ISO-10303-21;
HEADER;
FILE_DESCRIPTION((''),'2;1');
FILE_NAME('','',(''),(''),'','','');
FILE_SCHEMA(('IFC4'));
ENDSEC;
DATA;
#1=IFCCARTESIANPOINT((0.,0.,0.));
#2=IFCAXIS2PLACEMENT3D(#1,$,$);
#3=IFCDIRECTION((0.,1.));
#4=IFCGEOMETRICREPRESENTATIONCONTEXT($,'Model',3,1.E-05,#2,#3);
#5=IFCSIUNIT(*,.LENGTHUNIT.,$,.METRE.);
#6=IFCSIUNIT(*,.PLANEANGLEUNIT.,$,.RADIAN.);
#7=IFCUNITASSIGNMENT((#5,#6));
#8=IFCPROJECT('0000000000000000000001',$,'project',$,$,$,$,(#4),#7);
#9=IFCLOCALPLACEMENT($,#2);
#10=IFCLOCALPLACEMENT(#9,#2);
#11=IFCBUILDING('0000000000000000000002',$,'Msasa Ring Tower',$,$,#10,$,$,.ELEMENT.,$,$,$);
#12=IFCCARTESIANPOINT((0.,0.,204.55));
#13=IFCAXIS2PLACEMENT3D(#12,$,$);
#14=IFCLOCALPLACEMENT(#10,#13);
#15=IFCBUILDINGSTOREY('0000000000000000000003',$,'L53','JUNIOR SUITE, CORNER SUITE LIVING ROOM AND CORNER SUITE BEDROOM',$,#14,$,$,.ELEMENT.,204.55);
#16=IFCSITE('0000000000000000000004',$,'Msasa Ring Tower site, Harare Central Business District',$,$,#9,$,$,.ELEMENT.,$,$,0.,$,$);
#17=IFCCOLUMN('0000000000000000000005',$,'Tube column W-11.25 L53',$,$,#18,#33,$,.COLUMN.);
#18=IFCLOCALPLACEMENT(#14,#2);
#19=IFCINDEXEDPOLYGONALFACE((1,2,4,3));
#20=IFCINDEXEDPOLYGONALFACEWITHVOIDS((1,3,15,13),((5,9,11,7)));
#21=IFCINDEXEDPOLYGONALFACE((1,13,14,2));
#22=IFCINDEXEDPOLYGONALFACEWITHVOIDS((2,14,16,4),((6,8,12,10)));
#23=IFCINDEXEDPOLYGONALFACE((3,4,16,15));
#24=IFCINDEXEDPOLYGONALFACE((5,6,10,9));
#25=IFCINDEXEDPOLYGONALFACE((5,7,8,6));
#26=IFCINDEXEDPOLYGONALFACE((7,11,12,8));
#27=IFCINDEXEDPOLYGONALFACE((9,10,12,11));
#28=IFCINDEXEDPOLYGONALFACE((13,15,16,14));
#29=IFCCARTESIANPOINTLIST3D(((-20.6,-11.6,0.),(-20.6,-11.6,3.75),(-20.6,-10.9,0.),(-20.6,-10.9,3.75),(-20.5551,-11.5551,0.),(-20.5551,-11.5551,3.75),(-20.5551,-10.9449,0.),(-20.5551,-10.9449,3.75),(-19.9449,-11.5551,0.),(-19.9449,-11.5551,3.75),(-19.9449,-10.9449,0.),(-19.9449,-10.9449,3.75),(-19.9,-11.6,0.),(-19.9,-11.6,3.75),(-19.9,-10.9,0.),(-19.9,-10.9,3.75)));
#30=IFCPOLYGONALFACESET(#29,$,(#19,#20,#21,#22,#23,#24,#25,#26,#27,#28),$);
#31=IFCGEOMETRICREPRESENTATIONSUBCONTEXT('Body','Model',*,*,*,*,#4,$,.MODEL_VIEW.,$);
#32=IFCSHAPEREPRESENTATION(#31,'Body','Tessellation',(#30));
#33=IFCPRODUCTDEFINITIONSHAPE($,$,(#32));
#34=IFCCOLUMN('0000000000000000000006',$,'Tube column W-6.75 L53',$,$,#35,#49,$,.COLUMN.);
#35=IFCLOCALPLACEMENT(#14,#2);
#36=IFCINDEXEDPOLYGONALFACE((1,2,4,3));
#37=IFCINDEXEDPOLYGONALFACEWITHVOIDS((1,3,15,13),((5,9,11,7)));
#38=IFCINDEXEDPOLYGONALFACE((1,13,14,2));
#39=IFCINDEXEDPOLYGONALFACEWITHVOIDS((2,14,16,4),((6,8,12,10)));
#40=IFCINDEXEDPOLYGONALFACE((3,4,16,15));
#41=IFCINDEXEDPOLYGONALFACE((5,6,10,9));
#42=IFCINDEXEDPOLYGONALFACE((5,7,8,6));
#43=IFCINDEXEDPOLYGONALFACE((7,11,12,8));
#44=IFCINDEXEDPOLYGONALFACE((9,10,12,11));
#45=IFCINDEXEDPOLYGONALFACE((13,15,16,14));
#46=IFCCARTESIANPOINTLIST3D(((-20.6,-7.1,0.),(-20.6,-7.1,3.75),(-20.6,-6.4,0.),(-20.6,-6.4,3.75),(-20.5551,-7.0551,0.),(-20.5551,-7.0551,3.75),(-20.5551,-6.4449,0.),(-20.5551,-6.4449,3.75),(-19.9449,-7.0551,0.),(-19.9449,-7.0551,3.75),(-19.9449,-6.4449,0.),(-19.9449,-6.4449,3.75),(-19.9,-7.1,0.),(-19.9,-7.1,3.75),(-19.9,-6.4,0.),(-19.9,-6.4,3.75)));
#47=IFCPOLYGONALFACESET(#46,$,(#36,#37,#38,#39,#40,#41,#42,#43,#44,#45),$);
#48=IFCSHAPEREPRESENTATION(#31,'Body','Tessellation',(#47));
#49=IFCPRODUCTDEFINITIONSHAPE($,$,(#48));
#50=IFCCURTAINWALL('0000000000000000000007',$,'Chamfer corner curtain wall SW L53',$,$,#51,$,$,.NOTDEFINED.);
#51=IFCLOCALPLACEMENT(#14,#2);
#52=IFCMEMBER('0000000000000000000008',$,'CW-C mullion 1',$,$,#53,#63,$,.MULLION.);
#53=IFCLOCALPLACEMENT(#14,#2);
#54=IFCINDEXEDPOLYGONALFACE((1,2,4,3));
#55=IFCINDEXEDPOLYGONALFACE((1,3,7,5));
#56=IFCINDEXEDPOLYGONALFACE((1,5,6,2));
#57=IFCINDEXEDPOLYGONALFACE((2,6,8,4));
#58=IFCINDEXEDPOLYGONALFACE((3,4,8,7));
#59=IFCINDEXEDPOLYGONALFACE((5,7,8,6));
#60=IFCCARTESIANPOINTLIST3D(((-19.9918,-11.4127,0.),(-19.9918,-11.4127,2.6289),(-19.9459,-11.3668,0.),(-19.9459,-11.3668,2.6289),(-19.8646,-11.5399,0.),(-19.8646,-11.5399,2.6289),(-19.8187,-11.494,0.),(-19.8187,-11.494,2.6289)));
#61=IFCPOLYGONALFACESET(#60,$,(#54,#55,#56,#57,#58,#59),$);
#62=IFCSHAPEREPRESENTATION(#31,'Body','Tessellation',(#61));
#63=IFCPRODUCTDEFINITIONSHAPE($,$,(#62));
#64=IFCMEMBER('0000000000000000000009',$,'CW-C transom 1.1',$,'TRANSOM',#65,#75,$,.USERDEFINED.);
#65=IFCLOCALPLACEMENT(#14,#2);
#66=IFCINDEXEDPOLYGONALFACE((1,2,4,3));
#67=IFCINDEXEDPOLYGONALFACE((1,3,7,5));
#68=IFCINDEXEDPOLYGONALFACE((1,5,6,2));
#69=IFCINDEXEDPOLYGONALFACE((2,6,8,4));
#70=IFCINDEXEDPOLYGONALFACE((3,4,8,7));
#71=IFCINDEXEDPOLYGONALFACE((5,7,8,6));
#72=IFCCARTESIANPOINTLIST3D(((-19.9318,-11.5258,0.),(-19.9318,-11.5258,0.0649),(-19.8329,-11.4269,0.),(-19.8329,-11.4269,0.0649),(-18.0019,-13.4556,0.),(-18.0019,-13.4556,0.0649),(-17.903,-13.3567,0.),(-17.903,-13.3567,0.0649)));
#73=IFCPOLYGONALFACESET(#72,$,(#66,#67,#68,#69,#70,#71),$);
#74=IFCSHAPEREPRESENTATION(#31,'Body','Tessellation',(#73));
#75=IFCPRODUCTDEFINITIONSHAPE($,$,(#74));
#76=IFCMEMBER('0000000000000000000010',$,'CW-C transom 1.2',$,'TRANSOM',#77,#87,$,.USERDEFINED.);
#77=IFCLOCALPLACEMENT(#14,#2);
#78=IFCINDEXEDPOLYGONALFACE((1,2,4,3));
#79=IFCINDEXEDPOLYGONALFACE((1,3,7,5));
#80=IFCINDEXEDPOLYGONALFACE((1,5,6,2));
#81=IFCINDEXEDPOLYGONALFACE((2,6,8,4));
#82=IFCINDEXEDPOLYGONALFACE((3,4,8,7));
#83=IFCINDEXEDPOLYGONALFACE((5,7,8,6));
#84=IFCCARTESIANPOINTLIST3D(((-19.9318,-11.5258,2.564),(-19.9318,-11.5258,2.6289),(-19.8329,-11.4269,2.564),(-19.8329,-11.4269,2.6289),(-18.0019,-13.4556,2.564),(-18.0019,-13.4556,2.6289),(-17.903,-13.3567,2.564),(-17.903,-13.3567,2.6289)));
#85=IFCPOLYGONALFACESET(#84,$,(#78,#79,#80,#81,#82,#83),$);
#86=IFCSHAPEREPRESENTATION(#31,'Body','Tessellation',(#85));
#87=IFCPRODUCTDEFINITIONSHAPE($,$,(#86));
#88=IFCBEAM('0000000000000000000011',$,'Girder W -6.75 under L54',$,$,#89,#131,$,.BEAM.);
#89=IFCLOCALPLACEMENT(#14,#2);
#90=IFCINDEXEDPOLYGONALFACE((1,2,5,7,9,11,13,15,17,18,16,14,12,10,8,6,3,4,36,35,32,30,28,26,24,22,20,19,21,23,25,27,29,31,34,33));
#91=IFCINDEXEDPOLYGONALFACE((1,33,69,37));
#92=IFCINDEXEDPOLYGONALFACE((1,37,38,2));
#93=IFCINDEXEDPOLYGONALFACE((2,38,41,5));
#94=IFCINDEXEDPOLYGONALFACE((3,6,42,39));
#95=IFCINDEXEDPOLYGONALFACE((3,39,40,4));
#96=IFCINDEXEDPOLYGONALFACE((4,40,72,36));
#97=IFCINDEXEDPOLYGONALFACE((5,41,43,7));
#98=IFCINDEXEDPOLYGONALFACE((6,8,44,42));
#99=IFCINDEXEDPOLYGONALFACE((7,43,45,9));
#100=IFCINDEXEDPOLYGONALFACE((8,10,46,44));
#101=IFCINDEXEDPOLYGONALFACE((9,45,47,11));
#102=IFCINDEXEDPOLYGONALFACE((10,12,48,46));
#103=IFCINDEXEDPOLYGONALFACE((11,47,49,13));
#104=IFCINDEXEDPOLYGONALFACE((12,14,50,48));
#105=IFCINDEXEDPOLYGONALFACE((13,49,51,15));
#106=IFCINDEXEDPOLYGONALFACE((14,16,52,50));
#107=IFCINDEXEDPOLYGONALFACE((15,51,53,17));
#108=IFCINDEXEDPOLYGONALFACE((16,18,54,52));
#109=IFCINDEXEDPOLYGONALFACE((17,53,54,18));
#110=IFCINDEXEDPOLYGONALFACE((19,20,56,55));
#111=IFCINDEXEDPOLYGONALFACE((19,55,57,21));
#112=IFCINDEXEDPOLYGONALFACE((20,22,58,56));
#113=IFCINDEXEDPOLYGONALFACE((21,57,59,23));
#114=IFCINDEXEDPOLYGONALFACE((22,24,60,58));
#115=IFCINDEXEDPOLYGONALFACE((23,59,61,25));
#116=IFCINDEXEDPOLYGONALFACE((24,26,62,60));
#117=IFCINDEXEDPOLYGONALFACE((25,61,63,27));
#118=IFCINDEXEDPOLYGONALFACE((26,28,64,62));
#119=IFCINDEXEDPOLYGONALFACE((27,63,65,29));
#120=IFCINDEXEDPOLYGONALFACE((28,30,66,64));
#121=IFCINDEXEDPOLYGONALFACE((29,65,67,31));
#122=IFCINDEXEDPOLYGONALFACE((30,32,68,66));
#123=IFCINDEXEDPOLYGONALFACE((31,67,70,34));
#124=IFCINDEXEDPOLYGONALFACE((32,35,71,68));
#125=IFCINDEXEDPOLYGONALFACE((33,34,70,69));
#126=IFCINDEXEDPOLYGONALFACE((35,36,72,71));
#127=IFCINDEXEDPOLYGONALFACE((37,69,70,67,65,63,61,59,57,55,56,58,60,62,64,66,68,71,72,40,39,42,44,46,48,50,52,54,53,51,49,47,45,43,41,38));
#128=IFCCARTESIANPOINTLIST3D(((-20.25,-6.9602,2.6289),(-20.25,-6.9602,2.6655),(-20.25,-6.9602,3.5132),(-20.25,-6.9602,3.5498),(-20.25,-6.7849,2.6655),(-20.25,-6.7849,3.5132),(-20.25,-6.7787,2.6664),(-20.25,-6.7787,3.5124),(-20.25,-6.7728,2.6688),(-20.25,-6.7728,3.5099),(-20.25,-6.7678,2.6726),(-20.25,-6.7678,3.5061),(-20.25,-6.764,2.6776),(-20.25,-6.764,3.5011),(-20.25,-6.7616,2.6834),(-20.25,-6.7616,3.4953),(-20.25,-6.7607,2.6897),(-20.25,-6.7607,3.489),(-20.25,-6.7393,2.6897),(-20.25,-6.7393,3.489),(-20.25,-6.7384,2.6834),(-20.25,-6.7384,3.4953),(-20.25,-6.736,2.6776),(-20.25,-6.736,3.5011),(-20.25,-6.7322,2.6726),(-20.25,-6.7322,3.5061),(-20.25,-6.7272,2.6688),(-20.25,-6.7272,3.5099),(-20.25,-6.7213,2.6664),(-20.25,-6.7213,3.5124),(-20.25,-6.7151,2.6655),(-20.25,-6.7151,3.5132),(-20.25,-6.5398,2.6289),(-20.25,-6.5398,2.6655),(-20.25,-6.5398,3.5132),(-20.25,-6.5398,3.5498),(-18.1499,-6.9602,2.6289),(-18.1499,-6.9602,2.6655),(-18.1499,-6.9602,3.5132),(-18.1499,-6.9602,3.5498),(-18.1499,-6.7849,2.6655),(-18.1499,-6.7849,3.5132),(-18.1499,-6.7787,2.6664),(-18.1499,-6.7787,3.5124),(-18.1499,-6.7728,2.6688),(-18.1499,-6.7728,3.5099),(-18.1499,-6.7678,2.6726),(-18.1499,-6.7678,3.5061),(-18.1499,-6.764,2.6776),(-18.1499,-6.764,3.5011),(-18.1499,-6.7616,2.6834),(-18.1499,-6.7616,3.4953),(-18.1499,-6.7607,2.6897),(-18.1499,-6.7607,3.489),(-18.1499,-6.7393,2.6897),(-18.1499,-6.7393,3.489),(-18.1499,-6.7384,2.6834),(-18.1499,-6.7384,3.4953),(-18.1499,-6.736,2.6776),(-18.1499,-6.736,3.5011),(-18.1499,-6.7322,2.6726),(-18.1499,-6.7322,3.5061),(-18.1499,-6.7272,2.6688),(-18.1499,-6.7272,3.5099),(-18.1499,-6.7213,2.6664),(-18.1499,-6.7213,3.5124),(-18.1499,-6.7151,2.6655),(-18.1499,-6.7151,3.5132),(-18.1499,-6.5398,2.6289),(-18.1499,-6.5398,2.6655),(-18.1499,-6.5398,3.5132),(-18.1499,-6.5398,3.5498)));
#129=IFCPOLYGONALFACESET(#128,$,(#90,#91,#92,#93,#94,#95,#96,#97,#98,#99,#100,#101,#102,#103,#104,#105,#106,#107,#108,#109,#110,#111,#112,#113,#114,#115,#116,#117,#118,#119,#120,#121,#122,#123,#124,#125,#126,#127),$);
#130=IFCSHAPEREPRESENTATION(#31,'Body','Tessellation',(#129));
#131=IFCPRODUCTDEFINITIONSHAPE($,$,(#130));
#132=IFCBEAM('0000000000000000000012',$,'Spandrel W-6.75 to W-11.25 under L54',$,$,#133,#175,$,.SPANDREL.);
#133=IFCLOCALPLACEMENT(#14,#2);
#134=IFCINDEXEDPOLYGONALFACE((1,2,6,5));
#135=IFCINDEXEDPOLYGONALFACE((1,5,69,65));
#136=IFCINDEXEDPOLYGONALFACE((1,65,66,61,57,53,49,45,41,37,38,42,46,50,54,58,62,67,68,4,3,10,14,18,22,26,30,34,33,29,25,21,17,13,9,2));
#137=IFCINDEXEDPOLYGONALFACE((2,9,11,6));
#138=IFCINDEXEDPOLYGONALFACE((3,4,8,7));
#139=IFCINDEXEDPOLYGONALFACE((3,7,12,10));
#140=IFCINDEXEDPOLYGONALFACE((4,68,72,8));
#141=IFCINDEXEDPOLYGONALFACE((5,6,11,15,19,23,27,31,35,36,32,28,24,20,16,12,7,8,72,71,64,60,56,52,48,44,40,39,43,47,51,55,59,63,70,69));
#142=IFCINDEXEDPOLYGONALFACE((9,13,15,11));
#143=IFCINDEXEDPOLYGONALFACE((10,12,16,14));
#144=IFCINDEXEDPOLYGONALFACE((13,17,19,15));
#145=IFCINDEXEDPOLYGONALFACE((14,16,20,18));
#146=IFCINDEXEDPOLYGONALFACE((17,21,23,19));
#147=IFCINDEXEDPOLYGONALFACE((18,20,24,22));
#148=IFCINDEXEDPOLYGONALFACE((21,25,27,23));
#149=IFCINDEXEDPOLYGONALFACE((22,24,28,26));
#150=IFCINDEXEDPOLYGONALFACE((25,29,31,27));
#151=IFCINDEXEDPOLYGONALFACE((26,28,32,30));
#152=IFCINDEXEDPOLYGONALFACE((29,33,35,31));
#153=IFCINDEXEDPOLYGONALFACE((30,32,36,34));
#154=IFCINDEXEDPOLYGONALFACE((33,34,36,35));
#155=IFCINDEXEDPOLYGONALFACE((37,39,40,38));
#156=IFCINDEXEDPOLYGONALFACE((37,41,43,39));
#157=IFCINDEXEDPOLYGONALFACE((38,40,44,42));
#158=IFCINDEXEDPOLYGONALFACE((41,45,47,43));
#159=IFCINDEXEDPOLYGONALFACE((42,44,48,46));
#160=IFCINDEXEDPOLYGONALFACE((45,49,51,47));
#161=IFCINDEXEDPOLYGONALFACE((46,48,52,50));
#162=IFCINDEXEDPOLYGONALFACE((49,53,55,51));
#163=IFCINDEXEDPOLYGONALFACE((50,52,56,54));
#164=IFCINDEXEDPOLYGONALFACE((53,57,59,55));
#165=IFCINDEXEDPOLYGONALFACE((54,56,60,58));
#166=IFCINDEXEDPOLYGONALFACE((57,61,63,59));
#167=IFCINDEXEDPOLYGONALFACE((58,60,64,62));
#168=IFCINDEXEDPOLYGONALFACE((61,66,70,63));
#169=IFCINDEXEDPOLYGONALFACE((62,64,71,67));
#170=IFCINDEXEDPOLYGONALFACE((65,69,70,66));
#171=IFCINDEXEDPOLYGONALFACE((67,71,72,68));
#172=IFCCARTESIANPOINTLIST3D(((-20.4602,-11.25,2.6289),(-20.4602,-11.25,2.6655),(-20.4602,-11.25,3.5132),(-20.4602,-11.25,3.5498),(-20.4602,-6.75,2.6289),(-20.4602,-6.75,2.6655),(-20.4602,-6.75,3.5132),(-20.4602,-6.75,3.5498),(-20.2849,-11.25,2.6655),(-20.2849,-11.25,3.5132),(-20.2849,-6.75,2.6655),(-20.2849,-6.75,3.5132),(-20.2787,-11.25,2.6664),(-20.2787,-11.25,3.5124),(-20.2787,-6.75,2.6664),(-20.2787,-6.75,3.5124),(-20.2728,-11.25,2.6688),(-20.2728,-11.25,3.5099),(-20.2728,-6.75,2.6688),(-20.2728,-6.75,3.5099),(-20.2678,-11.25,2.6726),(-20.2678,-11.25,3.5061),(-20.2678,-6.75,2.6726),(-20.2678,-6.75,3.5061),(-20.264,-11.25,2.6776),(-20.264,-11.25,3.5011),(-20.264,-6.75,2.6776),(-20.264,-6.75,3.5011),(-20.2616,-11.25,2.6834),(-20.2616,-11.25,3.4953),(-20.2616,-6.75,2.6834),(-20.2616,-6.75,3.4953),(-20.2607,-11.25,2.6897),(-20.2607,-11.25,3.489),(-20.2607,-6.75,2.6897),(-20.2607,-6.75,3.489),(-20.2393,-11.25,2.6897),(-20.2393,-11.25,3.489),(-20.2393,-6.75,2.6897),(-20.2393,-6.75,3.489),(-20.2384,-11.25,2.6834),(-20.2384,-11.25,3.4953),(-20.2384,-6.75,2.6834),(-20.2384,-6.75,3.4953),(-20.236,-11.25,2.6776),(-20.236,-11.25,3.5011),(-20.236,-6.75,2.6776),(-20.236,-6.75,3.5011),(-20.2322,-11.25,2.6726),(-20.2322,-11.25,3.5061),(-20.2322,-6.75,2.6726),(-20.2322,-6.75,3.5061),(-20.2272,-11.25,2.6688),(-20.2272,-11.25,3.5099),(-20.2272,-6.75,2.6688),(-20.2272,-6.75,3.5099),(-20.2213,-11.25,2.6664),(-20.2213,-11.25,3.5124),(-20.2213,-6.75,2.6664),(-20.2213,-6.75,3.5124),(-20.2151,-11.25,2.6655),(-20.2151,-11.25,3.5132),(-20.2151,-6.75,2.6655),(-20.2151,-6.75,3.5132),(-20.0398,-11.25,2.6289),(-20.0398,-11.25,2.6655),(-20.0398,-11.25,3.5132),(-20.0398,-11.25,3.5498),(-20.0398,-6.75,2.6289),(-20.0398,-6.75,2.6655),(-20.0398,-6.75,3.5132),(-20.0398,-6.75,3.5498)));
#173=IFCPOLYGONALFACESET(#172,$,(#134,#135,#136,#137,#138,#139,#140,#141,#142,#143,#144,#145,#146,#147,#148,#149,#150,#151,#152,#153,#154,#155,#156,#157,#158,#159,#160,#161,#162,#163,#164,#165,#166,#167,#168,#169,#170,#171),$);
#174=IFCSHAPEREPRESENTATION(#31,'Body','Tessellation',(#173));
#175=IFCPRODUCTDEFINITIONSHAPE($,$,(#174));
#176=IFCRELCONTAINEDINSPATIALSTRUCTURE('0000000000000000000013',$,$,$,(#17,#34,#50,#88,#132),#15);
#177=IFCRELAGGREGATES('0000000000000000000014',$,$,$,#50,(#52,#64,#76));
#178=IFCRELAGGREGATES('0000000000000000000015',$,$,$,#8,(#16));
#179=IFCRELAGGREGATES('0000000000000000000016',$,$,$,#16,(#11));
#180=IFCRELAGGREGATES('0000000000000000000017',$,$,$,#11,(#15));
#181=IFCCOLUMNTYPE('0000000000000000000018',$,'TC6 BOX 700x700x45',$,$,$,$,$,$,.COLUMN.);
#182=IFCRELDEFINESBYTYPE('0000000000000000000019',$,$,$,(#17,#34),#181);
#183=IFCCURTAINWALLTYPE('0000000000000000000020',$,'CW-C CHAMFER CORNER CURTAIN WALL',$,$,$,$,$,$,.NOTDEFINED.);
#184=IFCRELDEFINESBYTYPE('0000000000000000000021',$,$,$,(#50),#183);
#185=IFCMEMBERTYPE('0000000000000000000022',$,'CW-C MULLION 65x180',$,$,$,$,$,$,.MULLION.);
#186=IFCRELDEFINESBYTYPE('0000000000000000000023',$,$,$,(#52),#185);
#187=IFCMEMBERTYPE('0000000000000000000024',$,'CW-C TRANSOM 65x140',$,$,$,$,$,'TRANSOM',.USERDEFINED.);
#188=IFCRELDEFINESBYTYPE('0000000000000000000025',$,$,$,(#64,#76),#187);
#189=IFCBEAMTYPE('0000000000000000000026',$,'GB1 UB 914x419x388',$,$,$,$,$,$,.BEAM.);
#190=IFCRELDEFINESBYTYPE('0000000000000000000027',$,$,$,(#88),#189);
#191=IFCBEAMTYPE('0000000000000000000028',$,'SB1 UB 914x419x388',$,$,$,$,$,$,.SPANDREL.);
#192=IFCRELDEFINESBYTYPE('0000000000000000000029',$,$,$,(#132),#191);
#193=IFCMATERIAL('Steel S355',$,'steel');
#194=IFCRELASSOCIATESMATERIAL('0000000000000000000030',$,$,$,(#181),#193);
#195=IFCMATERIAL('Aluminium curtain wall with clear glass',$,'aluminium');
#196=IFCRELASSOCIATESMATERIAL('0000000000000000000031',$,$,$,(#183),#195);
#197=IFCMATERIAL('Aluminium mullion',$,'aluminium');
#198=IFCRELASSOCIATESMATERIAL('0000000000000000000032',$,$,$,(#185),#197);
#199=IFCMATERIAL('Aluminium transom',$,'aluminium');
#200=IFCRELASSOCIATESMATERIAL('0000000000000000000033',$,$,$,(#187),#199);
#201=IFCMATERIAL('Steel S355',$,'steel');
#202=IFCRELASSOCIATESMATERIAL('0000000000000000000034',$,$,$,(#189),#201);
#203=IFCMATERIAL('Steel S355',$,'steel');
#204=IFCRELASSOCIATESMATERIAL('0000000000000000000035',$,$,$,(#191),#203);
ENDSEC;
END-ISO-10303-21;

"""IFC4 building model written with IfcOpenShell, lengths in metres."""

from ifc_helpers import new_model, si_unit, direction, frame, origin, origin_2d, place, context, subcontext, project, spatial, rectangle, hollow_rectangle, i_section, extrude, material, material_profile, profile_set, type_object, element, aggregate, save


model = new_model("IFC4")

# Units and contexts
model_context = context("Model", 3, precision=1e-05, world=origin(), true_north=direction((0.0, 1.0)))
body_context = subcontext(model_context, "Body", "Model", "MODEL_VIEW")
ifc_project = project(units=[si_unit("LENGTHUNIT", "METRE"), si_unit("PLANEANGLEUNIT", "RADIAN")], contexts=[model_context])

# Site, building, storey
site_placement = place(None, origin())
site = spatial("IfcSite", under=ifc_project, at=site_placement, Name="Msasa Ring Tower site, Harare Central Business District", CompositionType="ELEMENT", RefElevation=0.0)
building_placement = place(site_placement, origin())
building = spatial("IfcBuilding", under=site, at=building_placement, Name="Msasa Ring Tower", CompositionType="ELEMENT")
storey_placement = place(building_placement, frame((0.0, 0.0, 204.55)))
storey = spatial("IfcBuildingStorey", under=building, at=storey_placement, Name="L53", Description="JUNIOR SUITE, CORNER SUITE LIVING ROOM AND CORNER SUITE BEDROOM", CompositionType="ELEMENT", Elevation=204.55)

# Columns
ifc_material_1 = material(Name="Steel S355", Category="steel")
ifc_material_profile_1 = material_profile(ifc_material_1, hollow_rectangle(XDim=0.7, YDim=0.7, WallThickness=0.0449, at=origin_2d()), Name="BOX 700x700x45")
ifc_profile_set_1 = profile_set([ifc_material_profile_1], Name="Steel S355")
column_type = type_object("IfcColumnType", Name="TC6 BOX 700x700x45", PredefinedType="COLUMN", material=ifc_profile_set_1)
for number, where, z_axis, x_axis, name in (
    (1, (-20.25, -11.25, 0.0), (0.0, 0.0, 1.0), (1.0, 0.0, 0.0), "Tube column W-11.25 L53"),
    (2, (-20.25, -6.75, 0.0), (0.0, 0.0, 1.0), (1.0, 0.0, 0.0), "Tube column W-6.75 L53"),
):
    element("IfcColumn", number, at=place(storey_placement, frame(where, z_axis=z_axis, x_axis=x_axis)), inside=storey, type_object=column_type, Name=name, PredefinedType="COLUMN", context=body_context, shape_type="SweptSolid", body=[
        extrude(hollow_rectangle(XDim=0.7, YDim=0.7, WallThickness=0.0449, at=origin_2d()), origin(), (0.0, 0.0, 1.0), 3.75),
    ])

# Curtain wall, members
ifc_material_2 = material(Name="Aluminium curtain wall with clear glass", Category="aluminium")
curtain_wall_type = type_object("IfcCurtainWallType", Name="CW-C CHAMFER CORNER CURTAIN WALL", PredefinedType="NOTDEFINED", material=ifc_material_2)
curtain_wall_placement = place(storey_placement, origin())
curtain_wall = element("IfcCurtainWall", 3, at=curtain_wall_placement, inside=storey, type_object=curtain_wall_type, Name="Chamfer corner curtain wall SW L53", PredefinedType="NOTDEFINED")
ifc_material_3 = material(Name="Aluminium mullion", Category="aluminium")
ifc_material_profile_2 = material_profile(ifc_material_3, rectangle(XDim=0.0649, YDim=0.1799, at=origin_2d()), Name="AL 65x180")
ifc_profile_set_2 = profile_set([ifc_material_profile_2], Name="Aluminium mullion")
member_type_1 = type_object("IfcMemberType", Name="CW-C MULLION 65x180", PredefinedType="MULLION", material=ifc_profile_set_2)
member_1_placement = place(storey_placement, frame((-19.9053, -11.4534, 0.0), z_axis=(0.0, 0.0, 1.0), x_axis=(0.707107, 0.707107, 0.0)))
member_1 = element("IfcMember", 4, at=member_1_placement, type_object=member_type_1, Name="CW-C mullion 1", PredefinedType="MULLION", context=body_context, shape_type="SweptSolid", body=[
    extrude(rectangle(XDim=0.0649, YDim=0.1799, at=origin_2d()), origin(), (0.0, 0.0, 1.0), 2.6289),
])
ifc_material_4 = material(Name="Aluminium transom", Category="aluminium")
ifc_material_profile_3 = material_profile(ifc_material_4, rectangle(XDim=0.1399, YDim=0.0649, at=origin_2d()), Name="AL 65x140")
ifc_profile_set_3 = profile_set([ifc_material_profile_3], Name="Aluminium transom")
member_type_2 = type_object("IfcMemberType", Name="CW-C TRANSOM 65x140", ElementType="TRANSOM", PredefinedType="USERDEFINED", material=ifc_profile_set_3)
member_2_placement = place(storey_placement, frame((-19.8823, -11.4763, 0.0325), z_axis=(0.707107, -0.707107, 0.0), x_axis=(0.707107, 0.707107, 0.0)))
member_2 = element("IfcMember", 5, at=member_2_placement, type_object=member_type_2, Name="CW-C transom 1.1", ObjectType="TRANSOM", PredefinedType="USERDEFINED", context=body_context, shape_type="SweptSolid", body=[
    extrude(rectangle(XDim=0.1399, YDim=0.0649, at=origin_2d()), origin(), (0.0, 0.0, 1.0), 2.7292),
])
member_3_placement = place(storey_placement, frame((-19.8823, -11.4763, 2.5964), z_axis=(0.707107, -0.707107, 0.0), x_axis=(0.707107, 0.707107, 0.0)))
member_3 = element("IfcMember", 6, at=member_3_placement, type_object=member_type_2, Name="CW-C transom 1.2", ObjectType="TRANSOM", PredefinedType="USERDEFINED", context=body_context, shape_type="SweptSolid", body=[
    extrude(rectangle(XDim=0.1399, YDim=0.0649, at=origin_2d()), origin(), (0.0, 0.0, 1.0), 2.7292),
])
aggregate(curtain_wall, [member_1, member_2, member_3])

# Beams
ifc_material_5 = material(Name="Steel S355", Category="steel")
ifc_material_profile_4 = material_profile(ifc_material_5, i_section(OverallWidth=0.4204, OverallDepth=0.9209, WebThickness=0.0215, FlangeThickness=0.0366, FilletRadius=0.0242, at=origin_2d()), Name="UB 914x419x388")
ifc_profile_set_4 = profile_set([ifc_material_profile_4], Name="Steel S355")
beam_type_1 = type_object("IfcBeamType", Name="GB1 UB 914x419x388", PredefinedType="BEAM", material=ifc_profile_set_4)
beam_1_placement = place(storey_placement, frame((-18.1499, -6.75, 3.0894), z_axis=(-1.0, 0.0, 0.0), x_axis=(0.0, -1.0, 0.0)))
element("IfcBeam", 7, at=beam_1_placement, inside=storey, type_object=beam_type_1, Name="Girder W -6.75 under L54", PredefinedType="BEAM", context=body_context, shape_type="SweptSolid", body=[
    extrude(i_section(OverallWidth=0.4204, OverallDepth=0.9209, WebThickness=0.0215, FlangeThickness=0.0366, FilletRadius=0.0242, at=origin_2d()), origin(), (0.0, 0.0, 1.0), 2.1001),
])
ifc_material_6 = material(Name="Steel S355", Category="steel")
ifc_material_profile_5 = material_profile(ifc_material_6, i_section(OverallWidth=0.4204, OverallDepth=0.9209, WebThickness=0.0215, FlangeThickness=0.0366, FilletRadius=0.0242, at=origin_2d()), Name="UB 914x419x388")
ifc_profile_set_5 = profile_set([ifc_material_profile_5], Name="Steel S355")
beam_type_2 = type_object("IfcBeamType", Name="SB1 UB 914x419x388", PredefinedType="SPANDREL", material=ifc_profile_set_5)
beam_2_placement = place(storey_placement, frame((-20.25, -6.75, 3.0894), z_axis=(0.0, -1.0, 0.0), x_axis=(1.0, 0.0, 0.0)))
element("IfcBeam", 8, at=beam_2_placement, inside=storey, type_object=beam_type_2, Name="Spandrel W-6.75 to W-11.25 under L54", PredefinedType="SPANDREL", context=body_context, shape_type="SweptSolid", body=[
    extrude(i_section(OverallWidth=0.4204, OverallDepth=0.9209, WebThickness=0.0215, FlangeThickness=0.0366, FilletRadius=0.0242, at=origin_2d()), origin(), (0.0, 0.0, 1.0), 4.5),
])

save(model, "model.ifc")
